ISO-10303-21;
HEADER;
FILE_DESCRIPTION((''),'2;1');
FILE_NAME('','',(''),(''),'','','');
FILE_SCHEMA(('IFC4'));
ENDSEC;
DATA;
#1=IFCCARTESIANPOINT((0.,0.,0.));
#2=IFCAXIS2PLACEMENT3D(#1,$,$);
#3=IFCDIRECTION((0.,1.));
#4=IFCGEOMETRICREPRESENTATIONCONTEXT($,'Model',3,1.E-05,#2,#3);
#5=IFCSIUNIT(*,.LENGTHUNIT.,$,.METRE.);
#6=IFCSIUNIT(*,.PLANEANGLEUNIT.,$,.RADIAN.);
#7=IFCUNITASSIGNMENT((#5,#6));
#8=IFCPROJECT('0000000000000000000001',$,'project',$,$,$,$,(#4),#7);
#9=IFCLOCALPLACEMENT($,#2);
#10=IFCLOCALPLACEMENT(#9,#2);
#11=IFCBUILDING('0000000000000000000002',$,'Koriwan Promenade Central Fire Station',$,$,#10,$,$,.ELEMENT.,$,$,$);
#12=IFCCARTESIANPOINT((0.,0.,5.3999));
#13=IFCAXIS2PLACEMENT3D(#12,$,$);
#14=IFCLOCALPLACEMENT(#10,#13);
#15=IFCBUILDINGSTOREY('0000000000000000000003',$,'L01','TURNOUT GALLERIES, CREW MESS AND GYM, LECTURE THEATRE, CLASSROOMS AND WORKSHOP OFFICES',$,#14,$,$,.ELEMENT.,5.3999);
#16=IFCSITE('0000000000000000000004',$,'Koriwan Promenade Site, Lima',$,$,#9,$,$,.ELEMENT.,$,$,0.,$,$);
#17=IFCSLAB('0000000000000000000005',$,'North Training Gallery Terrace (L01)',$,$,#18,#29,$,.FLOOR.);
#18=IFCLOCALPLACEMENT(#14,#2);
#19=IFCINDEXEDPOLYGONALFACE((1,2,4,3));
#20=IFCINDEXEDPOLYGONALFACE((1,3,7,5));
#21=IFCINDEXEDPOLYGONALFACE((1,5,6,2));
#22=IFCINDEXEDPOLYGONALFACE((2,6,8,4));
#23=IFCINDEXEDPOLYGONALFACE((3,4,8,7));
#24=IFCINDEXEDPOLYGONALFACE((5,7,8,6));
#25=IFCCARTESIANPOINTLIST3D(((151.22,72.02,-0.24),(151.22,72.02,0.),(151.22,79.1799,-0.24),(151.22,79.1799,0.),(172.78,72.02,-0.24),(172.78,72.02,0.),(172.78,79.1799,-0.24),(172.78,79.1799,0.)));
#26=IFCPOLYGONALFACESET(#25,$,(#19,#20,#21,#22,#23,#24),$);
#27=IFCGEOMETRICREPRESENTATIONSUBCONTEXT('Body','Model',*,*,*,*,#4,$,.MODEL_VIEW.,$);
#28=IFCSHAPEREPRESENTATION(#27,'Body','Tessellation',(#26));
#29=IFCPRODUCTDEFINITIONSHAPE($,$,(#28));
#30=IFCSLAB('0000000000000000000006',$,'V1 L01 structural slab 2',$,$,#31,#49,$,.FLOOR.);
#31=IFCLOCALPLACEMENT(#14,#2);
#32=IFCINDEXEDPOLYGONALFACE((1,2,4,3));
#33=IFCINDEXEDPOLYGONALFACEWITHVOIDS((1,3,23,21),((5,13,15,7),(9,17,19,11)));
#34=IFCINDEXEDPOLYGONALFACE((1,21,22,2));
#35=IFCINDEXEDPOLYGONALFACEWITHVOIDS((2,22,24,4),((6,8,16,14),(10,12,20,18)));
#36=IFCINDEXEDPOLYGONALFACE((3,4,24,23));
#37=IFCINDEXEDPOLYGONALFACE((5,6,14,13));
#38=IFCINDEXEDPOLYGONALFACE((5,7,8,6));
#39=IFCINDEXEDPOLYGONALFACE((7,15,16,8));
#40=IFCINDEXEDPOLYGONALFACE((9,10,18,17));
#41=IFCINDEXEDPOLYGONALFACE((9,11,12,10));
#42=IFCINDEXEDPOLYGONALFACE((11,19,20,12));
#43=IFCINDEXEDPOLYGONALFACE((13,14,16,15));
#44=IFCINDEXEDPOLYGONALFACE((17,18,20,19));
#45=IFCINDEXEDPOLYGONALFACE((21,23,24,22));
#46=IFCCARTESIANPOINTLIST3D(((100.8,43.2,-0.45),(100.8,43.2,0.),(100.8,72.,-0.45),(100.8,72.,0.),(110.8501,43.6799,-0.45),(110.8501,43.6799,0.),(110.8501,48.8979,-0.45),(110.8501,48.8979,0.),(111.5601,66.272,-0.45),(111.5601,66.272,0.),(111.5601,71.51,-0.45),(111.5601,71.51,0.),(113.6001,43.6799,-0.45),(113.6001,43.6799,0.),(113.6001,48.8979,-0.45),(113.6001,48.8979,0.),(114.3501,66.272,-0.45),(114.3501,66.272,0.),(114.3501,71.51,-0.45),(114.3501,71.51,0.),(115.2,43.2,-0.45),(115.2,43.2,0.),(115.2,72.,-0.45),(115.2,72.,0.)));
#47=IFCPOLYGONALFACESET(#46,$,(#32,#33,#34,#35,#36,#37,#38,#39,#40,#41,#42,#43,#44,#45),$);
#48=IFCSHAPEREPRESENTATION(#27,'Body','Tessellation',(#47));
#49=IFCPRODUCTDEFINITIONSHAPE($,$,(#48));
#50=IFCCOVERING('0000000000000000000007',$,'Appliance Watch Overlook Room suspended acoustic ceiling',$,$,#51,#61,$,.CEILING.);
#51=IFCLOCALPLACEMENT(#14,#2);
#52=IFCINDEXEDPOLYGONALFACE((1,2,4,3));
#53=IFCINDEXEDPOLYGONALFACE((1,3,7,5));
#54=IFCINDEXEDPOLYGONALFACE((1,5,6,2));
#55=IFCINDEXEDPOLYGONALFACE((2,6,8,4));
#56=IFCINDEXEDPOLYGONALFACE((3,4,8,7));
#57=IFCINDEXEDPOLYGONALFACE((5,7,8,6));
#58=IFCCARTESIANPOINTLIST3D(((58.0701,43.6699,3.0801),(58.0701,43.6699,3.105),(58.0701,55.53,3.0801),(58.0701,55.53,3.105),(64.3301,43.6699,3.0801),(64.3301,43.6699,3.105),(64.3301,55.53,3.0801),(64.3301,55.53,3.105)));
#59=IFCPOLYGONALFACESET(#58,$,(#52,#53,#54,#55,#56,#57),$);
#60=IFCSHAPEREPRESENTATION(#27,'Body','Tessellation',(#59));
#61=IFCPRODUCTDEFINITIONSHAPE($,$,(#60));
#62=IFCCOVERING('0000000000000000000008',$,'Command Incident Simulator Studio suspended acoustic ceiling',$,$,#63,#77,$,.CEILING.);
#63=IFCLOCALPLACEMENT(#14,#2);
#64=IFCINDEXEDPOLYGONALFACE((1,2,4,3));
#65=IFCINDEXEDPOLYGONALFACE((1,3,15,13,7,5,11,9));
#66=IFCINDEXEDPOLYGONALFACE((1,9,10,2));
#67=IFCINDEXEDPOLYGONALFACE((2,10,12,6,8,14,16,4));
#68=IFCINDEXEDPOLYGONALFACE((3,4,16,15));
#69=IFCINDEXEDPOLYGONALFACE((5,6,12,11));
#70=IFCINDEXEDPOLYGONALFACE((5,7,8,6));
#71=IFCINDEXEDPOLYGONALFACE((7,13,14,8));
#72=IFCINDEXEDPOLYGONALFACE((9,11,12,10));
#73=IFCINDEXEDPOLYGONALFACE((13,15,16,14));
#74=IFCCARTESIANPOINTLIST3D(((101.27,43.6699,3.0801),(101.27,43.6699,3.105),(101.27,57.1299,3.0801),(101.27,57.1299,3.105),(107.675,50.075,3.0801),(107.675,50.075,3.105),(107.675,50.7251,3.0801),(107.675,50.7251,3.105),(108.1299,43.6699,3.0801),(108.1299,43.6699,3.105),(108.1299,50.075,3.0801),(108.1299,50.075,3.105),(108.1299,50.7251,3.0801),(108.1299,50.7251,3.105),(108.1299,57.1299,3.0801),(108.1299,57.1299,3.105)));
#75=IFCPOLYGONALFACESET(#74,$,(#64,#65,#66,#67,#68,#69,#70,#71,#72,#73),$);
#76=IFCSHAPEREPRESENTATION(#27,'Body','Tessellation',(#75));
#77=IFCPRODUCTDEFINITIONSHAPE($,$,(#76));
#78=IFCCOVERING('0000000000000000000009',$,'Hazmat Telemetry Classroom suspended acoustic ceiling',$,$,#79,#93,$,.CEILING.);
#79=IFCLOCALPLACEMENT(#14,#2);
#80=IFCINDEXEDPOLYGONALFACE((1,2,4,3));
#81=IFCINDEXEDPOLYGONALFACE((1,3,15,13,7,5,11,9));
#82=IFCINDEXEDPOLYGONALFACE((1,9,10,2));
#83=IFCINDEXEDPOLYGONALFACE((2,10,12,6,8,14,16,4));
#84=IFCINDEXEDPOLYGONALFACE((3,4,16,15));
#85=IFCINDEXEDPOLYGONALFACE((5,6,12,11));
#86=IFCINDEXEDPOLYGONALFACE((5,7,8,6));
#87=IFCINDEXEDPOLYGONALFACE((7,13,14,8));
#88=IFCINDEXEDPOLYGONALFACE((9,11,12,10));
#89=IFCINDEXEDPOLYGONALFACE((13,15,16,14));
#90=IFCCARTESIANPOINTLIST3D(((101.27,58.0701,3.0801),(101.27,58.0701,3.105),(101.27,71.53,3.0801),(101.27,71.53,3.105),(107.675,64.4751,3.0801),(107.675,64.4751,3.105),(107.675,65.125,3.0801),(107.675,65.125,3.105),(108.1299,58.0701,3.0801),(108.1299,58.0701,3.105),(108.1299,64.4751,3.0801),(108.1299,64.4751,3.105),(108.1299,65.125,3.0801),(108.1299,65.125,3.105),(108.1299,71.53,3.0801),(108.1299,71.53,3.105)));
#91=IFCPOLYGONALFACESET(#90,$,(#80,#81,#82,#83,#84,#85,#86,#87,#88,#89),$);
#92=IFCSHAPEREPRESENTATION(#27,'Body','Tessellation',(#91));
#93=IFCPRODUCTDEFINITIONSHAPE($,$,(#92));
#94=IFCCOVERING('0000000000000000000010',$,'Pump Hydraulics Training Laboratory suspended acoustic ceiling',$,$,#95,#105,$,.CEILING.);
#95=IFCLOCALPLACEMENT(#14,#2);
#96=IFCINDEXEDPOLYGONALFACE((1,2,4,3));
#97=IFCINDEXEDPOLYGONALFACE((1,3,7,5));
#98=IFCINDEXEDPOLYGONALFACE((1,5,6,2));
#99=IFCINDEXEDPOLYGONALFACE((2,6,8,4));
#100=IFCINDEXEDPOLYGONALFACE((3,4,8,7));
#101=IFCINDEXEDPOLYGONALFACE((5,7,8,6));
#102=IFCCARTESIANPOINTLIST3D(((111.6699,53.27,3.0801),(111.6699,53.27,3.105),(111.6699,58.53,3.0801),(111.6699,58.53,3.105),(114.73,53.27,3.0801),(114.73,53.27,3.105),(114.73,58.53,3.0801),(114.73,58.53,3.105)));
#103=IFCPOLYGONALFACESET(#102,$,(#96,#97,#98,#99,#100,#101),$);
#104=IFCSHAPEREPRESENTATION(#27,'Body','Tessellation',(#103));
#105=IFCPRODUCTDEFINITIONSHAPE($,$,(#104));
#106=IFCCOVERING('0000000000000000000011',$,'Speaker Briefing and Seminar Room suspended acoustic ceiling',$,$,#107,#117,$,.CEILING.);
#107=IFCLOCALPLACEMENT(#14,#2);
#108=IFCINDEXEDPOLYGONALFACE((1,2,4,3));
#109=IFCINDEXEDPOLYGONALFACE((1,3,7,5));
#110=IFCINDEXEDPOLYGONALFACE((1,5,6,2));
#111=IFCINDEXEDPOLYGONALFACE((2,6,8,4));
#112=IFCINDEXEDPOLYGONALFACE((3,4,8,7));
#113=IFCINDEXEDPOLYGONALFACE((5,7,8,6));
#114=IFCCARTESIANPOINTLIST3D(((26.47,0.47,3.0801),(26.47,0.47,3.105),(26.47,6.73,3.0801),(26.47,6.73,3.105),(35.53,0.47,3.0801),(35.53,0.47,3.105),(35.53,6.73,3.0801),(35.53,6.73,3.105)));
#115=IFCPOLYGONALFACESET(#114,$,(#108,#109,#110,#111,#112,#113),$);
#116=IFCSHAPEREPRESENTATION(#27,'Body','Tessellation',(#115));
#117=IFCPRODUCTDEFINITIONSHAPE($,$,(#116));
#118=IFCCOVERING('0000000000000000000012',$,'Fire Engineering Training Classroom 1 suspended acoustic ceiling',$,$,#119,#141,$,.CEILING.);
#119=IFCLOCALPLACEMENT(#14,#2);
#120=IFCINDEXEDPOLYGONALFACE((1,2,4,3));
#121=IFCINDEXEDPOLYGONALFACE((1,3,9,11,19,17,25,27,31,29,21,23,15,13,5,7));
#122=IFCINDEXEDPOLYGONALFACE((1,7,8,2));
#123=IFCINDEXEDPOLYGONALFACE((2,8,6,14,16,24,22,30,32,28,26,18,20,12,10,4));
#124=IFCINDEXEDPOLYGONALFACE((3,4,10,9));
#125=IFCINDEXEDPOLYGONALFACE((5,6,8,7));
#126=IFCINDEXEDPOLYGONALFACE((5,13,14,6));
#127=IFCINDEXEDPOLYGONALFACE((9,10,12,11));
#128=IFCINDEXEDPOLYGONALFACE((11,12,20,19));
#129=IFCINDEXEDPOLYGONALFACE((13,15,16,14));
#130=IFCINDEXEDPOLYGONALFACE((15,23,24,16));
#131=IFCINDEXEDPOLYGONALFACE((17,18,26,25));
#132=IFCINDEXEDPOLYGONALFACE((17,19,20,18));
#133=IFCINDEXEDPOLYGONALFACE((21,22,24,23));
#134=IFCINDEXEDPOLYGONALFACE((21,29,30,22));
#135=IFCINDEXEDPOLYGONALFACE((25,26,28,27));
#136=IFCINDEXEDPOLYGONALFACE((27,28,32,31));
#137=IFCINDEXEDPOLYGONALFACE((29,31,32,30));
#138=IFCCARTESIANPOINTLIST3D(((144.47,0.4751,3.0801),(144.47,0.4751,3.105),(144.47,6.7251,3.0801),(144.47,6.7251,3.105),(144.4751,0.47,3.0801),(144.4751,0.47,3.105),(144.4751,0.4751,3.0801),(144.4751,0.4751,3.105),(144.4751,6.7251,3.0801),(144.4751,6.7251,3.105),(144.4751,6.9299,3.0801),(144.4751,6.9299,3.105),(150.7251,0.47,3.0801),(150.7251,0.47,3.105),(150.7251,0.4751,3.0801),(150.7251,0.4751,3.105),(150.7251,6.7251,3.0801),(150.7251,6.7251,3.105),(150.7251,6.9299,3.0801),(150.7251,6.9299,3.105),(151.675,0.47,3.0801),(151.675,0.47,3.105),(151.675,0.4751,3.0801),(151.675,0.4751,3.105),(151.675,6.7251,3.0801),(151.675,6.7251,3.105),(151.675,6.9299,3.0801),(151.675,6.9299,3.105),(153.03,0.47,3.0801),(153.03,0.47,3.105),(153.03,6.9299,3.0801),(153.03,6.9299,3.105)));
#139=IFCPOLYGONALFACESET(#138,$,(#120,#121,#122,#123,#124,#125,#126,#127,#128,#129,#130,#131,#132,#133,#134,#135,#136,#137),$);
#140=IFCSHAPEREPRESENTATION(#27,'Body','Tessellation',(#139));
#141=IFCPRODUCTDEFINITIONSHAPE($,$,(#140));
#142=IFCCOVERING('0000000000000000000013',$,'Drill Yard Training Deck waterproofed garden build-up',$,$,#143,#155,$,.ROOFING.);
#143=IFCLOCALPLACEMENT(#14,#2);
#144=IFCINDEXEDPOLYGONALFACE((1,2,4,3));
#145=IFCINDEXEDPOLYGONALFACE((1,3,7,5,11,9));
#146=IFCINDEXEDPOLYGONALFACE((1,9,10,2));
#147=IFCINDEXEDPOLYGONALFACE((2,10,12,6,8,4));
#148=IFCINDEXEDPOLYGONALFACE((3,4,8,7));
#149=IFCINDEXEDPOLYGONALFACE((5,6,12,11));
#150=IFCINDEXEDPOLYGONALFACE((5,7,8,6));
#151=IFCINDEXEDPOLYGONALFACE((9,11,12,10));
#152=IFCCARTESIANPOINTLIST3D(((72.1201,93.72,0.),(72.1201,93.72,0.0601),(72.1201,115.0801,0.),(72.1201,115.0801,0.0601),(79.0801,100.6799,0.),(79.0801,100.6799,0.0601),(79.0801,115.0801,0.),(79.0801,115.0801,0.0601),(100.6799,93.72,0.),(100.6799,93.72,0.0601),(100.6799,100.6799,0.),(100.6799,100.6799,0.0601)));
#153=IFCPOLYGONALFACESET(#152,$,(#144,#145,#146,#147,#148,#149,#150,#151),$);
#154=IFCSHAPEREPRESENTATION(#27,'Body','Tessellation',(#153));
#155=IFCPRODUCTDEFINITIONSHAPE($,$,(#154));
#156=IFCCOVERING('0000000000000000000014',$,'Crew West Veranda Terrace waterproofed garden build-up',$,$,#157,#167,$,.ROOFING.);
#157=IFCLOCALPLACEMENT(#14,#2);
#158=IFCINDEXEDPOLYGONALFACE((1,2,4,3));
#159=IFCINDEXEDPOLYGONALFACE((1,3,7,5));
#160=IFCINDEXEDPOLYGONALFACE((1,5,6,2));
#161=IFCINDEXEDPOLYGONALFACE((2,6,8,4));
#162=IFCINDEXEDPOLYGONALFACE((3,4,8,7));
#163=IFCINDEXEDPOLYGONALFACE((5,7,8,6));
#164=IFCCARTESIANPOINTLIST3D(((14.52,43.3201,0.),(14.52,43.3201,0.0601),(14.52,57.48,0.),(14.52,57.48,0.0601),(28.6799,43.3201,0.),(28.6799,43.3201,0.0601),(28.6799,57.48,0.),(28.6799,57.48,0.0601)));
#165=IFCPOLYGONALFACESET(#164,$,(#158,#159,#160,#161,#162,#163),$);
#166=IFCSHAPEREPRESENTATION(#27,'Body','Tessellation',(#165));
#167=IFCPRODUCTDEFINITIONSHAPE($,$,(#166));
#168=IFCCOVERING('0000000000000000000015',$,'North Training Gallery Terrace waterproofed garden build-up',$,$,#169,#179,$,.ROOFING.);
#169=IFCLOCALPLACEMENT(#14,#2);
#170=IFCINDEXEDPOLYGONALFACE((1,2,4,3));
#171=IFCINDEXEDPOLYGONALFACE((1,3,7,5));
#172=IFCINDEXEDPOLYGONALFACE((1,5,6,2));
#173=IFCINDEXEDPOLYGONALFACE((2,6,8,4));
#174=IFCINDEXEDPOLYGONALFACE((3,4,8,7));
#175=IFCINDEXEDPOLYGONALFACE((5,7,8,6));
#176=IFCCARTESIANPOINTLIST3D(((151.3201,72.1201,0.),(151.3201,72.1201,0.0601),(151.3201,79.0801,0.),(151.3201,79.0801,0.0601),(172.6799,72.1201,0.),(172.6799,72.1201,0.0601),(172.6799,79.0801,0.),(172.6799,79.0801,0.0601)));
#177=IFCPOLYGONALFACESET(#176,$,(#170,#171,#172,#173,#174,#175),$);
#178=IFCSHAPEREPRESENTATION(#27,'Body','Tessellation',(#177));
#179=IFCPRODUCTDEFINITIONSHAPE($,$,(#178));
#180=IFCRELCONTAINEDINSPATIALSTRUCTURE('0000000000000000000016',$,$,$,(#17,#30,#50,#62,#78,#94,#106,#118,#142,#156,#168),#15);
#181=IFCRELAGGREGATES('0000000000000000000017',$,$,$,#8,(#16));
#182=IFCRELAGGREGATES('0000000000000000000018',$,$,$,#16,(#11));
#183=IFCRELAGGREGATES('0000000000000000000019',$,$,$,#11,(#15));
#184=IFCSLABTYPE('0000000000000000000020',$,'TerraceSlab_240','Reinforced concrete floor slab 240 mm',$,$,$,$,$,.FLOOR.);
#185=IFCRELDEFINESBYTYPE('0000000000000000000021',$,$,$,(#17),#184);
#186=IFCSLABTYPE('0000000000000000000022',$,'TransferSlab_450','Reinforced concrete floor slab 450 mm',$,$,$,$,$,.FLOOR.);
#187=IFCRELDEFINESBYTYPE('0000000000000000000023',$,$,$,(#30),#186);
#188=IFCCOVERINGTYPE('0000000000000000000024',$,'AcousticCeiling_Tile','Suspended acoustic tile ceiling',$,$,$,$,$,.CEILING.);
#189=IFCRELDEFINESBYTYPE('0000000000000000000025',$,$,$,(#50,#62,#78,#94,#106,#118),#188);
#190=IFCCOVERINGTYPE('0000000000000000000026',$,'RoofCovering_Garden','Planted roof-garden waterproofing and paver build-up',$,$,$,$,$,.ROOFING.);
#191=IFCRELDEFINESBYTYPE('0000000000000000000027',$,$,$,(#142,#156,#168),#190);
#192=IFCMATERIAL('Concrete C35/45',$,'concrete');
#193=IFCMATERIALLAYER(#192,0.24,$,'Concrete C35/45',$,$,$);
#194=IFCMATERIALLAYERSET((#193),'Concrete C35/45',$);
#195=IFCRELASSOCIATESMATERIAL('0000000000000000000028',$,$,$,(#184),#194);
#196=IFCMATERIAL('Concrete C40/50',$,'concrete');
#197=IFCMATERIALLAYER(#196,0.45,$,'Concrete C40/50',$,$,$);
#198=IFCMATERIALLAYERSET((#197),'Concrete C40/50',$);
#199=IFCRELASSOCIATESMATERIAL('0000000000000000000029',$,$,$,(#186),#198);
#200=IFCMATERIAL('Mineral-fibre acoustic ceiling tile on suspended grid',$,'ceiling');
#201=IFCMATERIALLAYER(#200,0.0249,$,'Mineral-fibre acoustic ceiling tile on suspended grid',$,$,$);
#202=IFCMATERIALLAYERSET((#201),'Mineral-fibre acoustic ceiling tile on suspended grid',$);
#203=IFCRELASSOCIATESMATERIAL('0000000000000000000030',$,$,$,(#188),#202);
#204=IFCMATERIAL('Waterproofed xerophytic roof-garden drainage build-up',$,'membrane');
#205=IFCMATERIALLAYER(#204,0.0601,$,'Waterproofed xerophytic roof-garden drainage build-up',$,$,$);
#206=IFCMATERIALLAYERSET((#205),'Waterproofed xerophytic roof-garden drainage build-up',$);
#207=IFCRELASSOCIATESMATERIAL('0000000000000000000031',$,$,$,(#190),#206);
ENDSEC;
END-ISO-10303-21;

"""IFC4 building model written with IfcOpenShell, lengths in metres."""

from ifc_helpers import new_model, si_unit, direction, frame, origin, place, context, subcontext, project, spatial, polyline, outline, extrude, material, layer, layer_set, type_object, element, save


model = new_model("IFC4")

# Units and contexts
model_context = context("Model", 3, precision=1e-05, world=origin(), true_north=direction((0.0, 1.0)))
body_context = subcontext(model_context, "Body", "Model", "MODEL_VIEW")
ifc_project = project(units=[si_unit("LENGTHUNIT", "METRE"), si_unit("PLANEANGLEUNIT", "RADIAN")], contexts=[model_context])

# Site, building, storey
site_placement = place(None, origin())
site = spatial("IfcSite", under=ifc_project, at=site_placement, Name="Koriwan Promenade Site, Lima", CompositionType="ELEMENT", RefElevation=0.0)
building_placement = place(site_placement, origin())
building = spatial("IfcBuilding", under=site, at=building_placement, Name="Koriwan Promenade Central Fire Station", CompositionType="ELEMENT")
storey_placement = place(building_placement, frame((0.0, 0.0, 5.3999)))
storey = spatial("IfcBuildingStorey", under=building, at=storey_placement, Name="L01", Description="TURNOUT GALLERIES, CREW MESS AND GYM, LECTURE THEATRE, CLASSROOMS AND WORKSHOP OFFICES", CompositionType="ELEMENT", Elevation=5.3999)

# Shared definitions
ifc_material_1 = material(Name="Concrete C40/50", Category="concrete")

# Shared definitions
ifc_material_2 = material(Name="Concrete C35/45", Category="concrete")

# Slabs
ifc_layer_1 = layer(ifc_material_2, 0.24, Name="Concrete C35/45")
ifc_layer_set_1 = layer_set([ifc_layer_1], Name="Concrete C35/45")
slab_type_1 = type_object("IfcSlabType", Name="TerraceSlab_240", Description="Reinforced concrete floor slab 240 mm", PredefinedType="FLOOR", material=ifc_layer_set_1)
slab_1_placement = place(storey_placement, frame((0.0, 0.0, -0.24)))
element("IfcSlab", 1, at=slab_1_placement, inside=storey, type_object=slab_type_1, Name="North Training Gallery Terrace (L01)", PredefinedType="FLOOR", context=body_context, shape_type="SweptSolid", body=[
    extrude(outline(polyline([(172.78, 72.02), (151.22, 72.02), (151.22, 79.1799), (172.78, 79.1799), (172.78, 72.02)])), origin(), (0.0, 0.0, 1.0), 0.24),
])
ifc_layer_2 = layer(ifc_material_1, 0.45, Name="Concrete C40/50")
ifc_layer_set_2 = layer_set([ifc_layer_2], Name="Concrete C40/50")
slab_type_2 = type_object("IfcSlabType", Name="TransferSlab_450", Description="Reinforced concrete floor slab 450 mm", PredefinedType="FLOOR", material=ifc_layer_set_2)
slab_2_placement = place(storey_placement, frame((0.0, 0.0, -0.45)))
element("IfcSlab", 2, at=slab_2_placement, inside=storey, type_object=slab_type_2, Name="V1 L01 structural slab 2", PredefinedType="FLOOR", context=body_context, shape_type="SweptSolid", body=[
    extrude(outline(polyline([(115.2, 43.2), (100.8, 43.2), (100.8, 72.0), (115.2, 72.0), (115.2, 43.2)]), holes=[polyline([(111.5601, 71.51), (111.5601, 66.272), (114.3501, 66.272), (114.3501, 71.51), (111.5601, 71.51)]), polyline([(113.6001, 48.8979), (110.8501, 48.8979), (110.8501, 43.6799), (113.6001, 43.6799), (113.6001, 48.8979)])]), origin(), (0.0, 0.0, 1.0), 0.45),
])

# Coverings
ifc_material_3 = material(Name="Mineral-fibre acoustic ceiling tile on suspended grid", Category="ceiling")
ifc_layer_3 = layer(ifc_material_3, 0.0249, Name="Mineral-fibre acoustic ceiling tile on suspended grid")
ifc_layer_set_3 = layer_set([ifc_layer_3], Name="Mineral-fibre acoustic ceiling tile on suspended grid")
covering_type_1 = type_object("IfcCoveringType", Name="AcousticCeiling_Tile", Description="Suspended acoustic tile ceiling", PredefinedType="CEILING", material=ifc_layer_set_3)
covering_1_placement = place(storey_placement, frame((0.0, 0.0, 3.0801)))
element("IfcCovering", 3, at=covering_1_placement, inside=storey, type_object=covering_type_1, Name="Appliance Watch Overlook Room suspended acoustic ceiling", PredefinedType="CEILING", context=body_context, shape_type="SweptSolid", body=[
    extrude(outline(polyline([(64.3301, 55.53), (64.3301, 43.6699), (58.0701, 43.6699), (58.0701, 55.53), (64.3301, 55.53)])), origin(), (0.0, 0.0, 1.0), 0.0249),
])
covering_2_placement = place(storey_placement, frame((0.0, 0.0, 3.0801)))
element("IfcCovering", 4, at=covering_2_placement, inside=storey, type_object=covering_type_1, Name="Command Incident Simulator Studio suspended acoustic ceiling", PredefinedType="CEILING", context=body_context, shape_type="SweptSolid", body=[
    extrude(outline(polyline([(107.675, 50.075), (108.1299, 50.075), (108.1299, 43.6699), (101.27, 43.6699), (101.27, 57.1299), (108.1299, 57.1299), (108.1299, 50.7251), (107.675, 50.7251), (107.675, 50.075)])), origin(), (0.0, 0.0, 1.0), 0.0249),
])
covering_3_placement = place(storey_placement, frame((0.0, 0.0, 3.0801)))
element("IfcCovering", 5, at=covering_3_placement, inside=storey, type_object=covering_type_1, Name="Hazmat Telemetry Classroom suspended acoustic ceiling", PredefinedType="CEILING", context=body_context, shape_type="SweptSolid", body=[
    extrude(outline(polyline([(108.1299, 71.53), (108.1299, 65.125), (107.675, 65.125), (107.675, 64.4751), (108.1299, 64.4751), (108.1299, 58.0701), (101.27, 58.0701), (101.27, 71.53), (108.1299, 71.53)])), origin(), (0.0, 0.0, 1.0), 0.0249),
])
covering_4_placement = place(storey_placement, frame((0.0, 0.0, 3.0801)))
element("IfcCovering", 6, at=covering_4_placement, inside=storey, type_object=covering_type_1, Name="Pump Hydraulics Training Laboratory suspended acoustic ceiling", PredefinedType="CEILING", context=body_context, shape_type="SweptSolid", body=[
    extrude(outline(polyline([(111.6699, 58.53), (114.73, 58.53), (114.73, 53.27), (111.6699, 53.27), (111.6699, 58.53)])), origin(), (0.0, 0.0, 1.0), 0.0249),
])
covering_5_placement = place(storey_placement, frame((0.0, 0.0, 3.0801)))
element("IfcCovering", 7, at=covering_5_placement, inside=storey, type_object=covering_type_1, Name="Speaker Briefing and Seminar Room suspended acoustic ceiling", PredefinedType="CEILING", context=body_context, shape_type="SweptSolid", body=[
    extrude(outline(polyline([(26.47, 6.73), (35.53, 6.73), (35.53, 0.47), (26.47, 0.47), (26.47, 6.73)])), origin(), (0.0, 0.0, 1.0), 0.0249),
])
covering_6_placement = place(storey_placement, frame((0.0, 0.0, 3.0801)))
element("IfcCovering", 8, at=covering_6_placement, inside=storey, type_object=covering_type_1, Name="Fire Engineering Training Classroom 1 suspended acoustic ceiling", PredefinedType="CEILING", context=body_context, shape_type="SweptSolid", body=[
    extrude(outline(polyline([(150.7251, 6.7251), (151.675, 6.7251), (151.675, 6.9299), (153.03, 6.9299), (153.03, 0.47), (151.675, 0.47), (151.675, 0.4751), (150.7251, 0.4751), (150.7251, 0.47), (144.4751, 0.47), (144.4751, 0.4751), (144.47, 0.4751), (144.47, 6.7251), (144.4751, 6.7251), (144.4751, 6.9299), (150.7251, 6.9299), (150.7251, 6.7251)])), origin(), (0.0, 0.0, 1.0), 0.0249),
])
ifc_material_4 = material(Name="Waterproofed xerophytic roof-garden drainage build-up", Category="membrane")
ifc_layer_4 = layer(ifc_material_4, 0.0601, Name="Waterproofed xerophytic roof-garden drainage build-up")
ifc_layer_set_4 = layer_set([ifc_layer_4], Name="Waterproofed xerophytic roof-garden drainage build-up")
covering_type_2 = type_object("IfcCoveringType", Name="RoofCovering_Garden", Description="Planted roof-garden waterproofing and paver build-up", PredefinedType="ROOFING", material=ifc_layer_set_4)
covering_7_placement = place(storey_placement, origin())
element("IfcCovering", 9, at=covering_7_placement, inside=storey, type_object=covering_type_2, Name="Drill Yard Training Deck waterproofed garden build-up", PredefinedType="ROOFING", context=body_context, shape_type="SweptSolid", body=[
    extrude(outline(polyline([(100.6799, 100.6799), (100.6799, 93.72), (72.1201, 93.72), (72.1201, 115.0801), (79.0801, 115.0801), (79.0801, 100.6799), (100.6799, 100.6799)])), origin(), (0.0, 0.0, 1.0), 0.0601),
])
covering_8_placement = place(storey_placement, origin())
element("IfcCovering", 10, at=covering_8_placement, inside=storey, type_object=covering_type_2, Name="Crew West Veranda Terrace waterproofed garden build-up", PredefinedType="ROOFING", context=body_context, shape_type="SweptSolid", body=[
    extrude(outline(polyline([(28.6799, 43.3201), (14.52, 43.3201), (14.52, 57.48), (28.6799, 57.48), (28.6799, 43.3201)])), origin(), (0.0, 0.0, 1.0), 0.0601),
])
covering_9_placement = place(storey_placement, origin())
element("IfcCovering", 11, at=covering_9_placement, inside=storey, type_object=covering_type_2, Name="North Training Gallery Terrace waterproofed garden build-up", PredefinedType="ROOFING", context=body_context, shape_type="SweptSolid", body=[
    extrude(outline(polyline([(172.6799, 72.1201), (151.3201, 72.1201), (151.3201, 79.0801), (172.6799, 79.0801), (172.6799, 72.1201)])), origin(), (0.0, 0.0, 1.0), 0.0601),
])

save(model, "model.ifc")
